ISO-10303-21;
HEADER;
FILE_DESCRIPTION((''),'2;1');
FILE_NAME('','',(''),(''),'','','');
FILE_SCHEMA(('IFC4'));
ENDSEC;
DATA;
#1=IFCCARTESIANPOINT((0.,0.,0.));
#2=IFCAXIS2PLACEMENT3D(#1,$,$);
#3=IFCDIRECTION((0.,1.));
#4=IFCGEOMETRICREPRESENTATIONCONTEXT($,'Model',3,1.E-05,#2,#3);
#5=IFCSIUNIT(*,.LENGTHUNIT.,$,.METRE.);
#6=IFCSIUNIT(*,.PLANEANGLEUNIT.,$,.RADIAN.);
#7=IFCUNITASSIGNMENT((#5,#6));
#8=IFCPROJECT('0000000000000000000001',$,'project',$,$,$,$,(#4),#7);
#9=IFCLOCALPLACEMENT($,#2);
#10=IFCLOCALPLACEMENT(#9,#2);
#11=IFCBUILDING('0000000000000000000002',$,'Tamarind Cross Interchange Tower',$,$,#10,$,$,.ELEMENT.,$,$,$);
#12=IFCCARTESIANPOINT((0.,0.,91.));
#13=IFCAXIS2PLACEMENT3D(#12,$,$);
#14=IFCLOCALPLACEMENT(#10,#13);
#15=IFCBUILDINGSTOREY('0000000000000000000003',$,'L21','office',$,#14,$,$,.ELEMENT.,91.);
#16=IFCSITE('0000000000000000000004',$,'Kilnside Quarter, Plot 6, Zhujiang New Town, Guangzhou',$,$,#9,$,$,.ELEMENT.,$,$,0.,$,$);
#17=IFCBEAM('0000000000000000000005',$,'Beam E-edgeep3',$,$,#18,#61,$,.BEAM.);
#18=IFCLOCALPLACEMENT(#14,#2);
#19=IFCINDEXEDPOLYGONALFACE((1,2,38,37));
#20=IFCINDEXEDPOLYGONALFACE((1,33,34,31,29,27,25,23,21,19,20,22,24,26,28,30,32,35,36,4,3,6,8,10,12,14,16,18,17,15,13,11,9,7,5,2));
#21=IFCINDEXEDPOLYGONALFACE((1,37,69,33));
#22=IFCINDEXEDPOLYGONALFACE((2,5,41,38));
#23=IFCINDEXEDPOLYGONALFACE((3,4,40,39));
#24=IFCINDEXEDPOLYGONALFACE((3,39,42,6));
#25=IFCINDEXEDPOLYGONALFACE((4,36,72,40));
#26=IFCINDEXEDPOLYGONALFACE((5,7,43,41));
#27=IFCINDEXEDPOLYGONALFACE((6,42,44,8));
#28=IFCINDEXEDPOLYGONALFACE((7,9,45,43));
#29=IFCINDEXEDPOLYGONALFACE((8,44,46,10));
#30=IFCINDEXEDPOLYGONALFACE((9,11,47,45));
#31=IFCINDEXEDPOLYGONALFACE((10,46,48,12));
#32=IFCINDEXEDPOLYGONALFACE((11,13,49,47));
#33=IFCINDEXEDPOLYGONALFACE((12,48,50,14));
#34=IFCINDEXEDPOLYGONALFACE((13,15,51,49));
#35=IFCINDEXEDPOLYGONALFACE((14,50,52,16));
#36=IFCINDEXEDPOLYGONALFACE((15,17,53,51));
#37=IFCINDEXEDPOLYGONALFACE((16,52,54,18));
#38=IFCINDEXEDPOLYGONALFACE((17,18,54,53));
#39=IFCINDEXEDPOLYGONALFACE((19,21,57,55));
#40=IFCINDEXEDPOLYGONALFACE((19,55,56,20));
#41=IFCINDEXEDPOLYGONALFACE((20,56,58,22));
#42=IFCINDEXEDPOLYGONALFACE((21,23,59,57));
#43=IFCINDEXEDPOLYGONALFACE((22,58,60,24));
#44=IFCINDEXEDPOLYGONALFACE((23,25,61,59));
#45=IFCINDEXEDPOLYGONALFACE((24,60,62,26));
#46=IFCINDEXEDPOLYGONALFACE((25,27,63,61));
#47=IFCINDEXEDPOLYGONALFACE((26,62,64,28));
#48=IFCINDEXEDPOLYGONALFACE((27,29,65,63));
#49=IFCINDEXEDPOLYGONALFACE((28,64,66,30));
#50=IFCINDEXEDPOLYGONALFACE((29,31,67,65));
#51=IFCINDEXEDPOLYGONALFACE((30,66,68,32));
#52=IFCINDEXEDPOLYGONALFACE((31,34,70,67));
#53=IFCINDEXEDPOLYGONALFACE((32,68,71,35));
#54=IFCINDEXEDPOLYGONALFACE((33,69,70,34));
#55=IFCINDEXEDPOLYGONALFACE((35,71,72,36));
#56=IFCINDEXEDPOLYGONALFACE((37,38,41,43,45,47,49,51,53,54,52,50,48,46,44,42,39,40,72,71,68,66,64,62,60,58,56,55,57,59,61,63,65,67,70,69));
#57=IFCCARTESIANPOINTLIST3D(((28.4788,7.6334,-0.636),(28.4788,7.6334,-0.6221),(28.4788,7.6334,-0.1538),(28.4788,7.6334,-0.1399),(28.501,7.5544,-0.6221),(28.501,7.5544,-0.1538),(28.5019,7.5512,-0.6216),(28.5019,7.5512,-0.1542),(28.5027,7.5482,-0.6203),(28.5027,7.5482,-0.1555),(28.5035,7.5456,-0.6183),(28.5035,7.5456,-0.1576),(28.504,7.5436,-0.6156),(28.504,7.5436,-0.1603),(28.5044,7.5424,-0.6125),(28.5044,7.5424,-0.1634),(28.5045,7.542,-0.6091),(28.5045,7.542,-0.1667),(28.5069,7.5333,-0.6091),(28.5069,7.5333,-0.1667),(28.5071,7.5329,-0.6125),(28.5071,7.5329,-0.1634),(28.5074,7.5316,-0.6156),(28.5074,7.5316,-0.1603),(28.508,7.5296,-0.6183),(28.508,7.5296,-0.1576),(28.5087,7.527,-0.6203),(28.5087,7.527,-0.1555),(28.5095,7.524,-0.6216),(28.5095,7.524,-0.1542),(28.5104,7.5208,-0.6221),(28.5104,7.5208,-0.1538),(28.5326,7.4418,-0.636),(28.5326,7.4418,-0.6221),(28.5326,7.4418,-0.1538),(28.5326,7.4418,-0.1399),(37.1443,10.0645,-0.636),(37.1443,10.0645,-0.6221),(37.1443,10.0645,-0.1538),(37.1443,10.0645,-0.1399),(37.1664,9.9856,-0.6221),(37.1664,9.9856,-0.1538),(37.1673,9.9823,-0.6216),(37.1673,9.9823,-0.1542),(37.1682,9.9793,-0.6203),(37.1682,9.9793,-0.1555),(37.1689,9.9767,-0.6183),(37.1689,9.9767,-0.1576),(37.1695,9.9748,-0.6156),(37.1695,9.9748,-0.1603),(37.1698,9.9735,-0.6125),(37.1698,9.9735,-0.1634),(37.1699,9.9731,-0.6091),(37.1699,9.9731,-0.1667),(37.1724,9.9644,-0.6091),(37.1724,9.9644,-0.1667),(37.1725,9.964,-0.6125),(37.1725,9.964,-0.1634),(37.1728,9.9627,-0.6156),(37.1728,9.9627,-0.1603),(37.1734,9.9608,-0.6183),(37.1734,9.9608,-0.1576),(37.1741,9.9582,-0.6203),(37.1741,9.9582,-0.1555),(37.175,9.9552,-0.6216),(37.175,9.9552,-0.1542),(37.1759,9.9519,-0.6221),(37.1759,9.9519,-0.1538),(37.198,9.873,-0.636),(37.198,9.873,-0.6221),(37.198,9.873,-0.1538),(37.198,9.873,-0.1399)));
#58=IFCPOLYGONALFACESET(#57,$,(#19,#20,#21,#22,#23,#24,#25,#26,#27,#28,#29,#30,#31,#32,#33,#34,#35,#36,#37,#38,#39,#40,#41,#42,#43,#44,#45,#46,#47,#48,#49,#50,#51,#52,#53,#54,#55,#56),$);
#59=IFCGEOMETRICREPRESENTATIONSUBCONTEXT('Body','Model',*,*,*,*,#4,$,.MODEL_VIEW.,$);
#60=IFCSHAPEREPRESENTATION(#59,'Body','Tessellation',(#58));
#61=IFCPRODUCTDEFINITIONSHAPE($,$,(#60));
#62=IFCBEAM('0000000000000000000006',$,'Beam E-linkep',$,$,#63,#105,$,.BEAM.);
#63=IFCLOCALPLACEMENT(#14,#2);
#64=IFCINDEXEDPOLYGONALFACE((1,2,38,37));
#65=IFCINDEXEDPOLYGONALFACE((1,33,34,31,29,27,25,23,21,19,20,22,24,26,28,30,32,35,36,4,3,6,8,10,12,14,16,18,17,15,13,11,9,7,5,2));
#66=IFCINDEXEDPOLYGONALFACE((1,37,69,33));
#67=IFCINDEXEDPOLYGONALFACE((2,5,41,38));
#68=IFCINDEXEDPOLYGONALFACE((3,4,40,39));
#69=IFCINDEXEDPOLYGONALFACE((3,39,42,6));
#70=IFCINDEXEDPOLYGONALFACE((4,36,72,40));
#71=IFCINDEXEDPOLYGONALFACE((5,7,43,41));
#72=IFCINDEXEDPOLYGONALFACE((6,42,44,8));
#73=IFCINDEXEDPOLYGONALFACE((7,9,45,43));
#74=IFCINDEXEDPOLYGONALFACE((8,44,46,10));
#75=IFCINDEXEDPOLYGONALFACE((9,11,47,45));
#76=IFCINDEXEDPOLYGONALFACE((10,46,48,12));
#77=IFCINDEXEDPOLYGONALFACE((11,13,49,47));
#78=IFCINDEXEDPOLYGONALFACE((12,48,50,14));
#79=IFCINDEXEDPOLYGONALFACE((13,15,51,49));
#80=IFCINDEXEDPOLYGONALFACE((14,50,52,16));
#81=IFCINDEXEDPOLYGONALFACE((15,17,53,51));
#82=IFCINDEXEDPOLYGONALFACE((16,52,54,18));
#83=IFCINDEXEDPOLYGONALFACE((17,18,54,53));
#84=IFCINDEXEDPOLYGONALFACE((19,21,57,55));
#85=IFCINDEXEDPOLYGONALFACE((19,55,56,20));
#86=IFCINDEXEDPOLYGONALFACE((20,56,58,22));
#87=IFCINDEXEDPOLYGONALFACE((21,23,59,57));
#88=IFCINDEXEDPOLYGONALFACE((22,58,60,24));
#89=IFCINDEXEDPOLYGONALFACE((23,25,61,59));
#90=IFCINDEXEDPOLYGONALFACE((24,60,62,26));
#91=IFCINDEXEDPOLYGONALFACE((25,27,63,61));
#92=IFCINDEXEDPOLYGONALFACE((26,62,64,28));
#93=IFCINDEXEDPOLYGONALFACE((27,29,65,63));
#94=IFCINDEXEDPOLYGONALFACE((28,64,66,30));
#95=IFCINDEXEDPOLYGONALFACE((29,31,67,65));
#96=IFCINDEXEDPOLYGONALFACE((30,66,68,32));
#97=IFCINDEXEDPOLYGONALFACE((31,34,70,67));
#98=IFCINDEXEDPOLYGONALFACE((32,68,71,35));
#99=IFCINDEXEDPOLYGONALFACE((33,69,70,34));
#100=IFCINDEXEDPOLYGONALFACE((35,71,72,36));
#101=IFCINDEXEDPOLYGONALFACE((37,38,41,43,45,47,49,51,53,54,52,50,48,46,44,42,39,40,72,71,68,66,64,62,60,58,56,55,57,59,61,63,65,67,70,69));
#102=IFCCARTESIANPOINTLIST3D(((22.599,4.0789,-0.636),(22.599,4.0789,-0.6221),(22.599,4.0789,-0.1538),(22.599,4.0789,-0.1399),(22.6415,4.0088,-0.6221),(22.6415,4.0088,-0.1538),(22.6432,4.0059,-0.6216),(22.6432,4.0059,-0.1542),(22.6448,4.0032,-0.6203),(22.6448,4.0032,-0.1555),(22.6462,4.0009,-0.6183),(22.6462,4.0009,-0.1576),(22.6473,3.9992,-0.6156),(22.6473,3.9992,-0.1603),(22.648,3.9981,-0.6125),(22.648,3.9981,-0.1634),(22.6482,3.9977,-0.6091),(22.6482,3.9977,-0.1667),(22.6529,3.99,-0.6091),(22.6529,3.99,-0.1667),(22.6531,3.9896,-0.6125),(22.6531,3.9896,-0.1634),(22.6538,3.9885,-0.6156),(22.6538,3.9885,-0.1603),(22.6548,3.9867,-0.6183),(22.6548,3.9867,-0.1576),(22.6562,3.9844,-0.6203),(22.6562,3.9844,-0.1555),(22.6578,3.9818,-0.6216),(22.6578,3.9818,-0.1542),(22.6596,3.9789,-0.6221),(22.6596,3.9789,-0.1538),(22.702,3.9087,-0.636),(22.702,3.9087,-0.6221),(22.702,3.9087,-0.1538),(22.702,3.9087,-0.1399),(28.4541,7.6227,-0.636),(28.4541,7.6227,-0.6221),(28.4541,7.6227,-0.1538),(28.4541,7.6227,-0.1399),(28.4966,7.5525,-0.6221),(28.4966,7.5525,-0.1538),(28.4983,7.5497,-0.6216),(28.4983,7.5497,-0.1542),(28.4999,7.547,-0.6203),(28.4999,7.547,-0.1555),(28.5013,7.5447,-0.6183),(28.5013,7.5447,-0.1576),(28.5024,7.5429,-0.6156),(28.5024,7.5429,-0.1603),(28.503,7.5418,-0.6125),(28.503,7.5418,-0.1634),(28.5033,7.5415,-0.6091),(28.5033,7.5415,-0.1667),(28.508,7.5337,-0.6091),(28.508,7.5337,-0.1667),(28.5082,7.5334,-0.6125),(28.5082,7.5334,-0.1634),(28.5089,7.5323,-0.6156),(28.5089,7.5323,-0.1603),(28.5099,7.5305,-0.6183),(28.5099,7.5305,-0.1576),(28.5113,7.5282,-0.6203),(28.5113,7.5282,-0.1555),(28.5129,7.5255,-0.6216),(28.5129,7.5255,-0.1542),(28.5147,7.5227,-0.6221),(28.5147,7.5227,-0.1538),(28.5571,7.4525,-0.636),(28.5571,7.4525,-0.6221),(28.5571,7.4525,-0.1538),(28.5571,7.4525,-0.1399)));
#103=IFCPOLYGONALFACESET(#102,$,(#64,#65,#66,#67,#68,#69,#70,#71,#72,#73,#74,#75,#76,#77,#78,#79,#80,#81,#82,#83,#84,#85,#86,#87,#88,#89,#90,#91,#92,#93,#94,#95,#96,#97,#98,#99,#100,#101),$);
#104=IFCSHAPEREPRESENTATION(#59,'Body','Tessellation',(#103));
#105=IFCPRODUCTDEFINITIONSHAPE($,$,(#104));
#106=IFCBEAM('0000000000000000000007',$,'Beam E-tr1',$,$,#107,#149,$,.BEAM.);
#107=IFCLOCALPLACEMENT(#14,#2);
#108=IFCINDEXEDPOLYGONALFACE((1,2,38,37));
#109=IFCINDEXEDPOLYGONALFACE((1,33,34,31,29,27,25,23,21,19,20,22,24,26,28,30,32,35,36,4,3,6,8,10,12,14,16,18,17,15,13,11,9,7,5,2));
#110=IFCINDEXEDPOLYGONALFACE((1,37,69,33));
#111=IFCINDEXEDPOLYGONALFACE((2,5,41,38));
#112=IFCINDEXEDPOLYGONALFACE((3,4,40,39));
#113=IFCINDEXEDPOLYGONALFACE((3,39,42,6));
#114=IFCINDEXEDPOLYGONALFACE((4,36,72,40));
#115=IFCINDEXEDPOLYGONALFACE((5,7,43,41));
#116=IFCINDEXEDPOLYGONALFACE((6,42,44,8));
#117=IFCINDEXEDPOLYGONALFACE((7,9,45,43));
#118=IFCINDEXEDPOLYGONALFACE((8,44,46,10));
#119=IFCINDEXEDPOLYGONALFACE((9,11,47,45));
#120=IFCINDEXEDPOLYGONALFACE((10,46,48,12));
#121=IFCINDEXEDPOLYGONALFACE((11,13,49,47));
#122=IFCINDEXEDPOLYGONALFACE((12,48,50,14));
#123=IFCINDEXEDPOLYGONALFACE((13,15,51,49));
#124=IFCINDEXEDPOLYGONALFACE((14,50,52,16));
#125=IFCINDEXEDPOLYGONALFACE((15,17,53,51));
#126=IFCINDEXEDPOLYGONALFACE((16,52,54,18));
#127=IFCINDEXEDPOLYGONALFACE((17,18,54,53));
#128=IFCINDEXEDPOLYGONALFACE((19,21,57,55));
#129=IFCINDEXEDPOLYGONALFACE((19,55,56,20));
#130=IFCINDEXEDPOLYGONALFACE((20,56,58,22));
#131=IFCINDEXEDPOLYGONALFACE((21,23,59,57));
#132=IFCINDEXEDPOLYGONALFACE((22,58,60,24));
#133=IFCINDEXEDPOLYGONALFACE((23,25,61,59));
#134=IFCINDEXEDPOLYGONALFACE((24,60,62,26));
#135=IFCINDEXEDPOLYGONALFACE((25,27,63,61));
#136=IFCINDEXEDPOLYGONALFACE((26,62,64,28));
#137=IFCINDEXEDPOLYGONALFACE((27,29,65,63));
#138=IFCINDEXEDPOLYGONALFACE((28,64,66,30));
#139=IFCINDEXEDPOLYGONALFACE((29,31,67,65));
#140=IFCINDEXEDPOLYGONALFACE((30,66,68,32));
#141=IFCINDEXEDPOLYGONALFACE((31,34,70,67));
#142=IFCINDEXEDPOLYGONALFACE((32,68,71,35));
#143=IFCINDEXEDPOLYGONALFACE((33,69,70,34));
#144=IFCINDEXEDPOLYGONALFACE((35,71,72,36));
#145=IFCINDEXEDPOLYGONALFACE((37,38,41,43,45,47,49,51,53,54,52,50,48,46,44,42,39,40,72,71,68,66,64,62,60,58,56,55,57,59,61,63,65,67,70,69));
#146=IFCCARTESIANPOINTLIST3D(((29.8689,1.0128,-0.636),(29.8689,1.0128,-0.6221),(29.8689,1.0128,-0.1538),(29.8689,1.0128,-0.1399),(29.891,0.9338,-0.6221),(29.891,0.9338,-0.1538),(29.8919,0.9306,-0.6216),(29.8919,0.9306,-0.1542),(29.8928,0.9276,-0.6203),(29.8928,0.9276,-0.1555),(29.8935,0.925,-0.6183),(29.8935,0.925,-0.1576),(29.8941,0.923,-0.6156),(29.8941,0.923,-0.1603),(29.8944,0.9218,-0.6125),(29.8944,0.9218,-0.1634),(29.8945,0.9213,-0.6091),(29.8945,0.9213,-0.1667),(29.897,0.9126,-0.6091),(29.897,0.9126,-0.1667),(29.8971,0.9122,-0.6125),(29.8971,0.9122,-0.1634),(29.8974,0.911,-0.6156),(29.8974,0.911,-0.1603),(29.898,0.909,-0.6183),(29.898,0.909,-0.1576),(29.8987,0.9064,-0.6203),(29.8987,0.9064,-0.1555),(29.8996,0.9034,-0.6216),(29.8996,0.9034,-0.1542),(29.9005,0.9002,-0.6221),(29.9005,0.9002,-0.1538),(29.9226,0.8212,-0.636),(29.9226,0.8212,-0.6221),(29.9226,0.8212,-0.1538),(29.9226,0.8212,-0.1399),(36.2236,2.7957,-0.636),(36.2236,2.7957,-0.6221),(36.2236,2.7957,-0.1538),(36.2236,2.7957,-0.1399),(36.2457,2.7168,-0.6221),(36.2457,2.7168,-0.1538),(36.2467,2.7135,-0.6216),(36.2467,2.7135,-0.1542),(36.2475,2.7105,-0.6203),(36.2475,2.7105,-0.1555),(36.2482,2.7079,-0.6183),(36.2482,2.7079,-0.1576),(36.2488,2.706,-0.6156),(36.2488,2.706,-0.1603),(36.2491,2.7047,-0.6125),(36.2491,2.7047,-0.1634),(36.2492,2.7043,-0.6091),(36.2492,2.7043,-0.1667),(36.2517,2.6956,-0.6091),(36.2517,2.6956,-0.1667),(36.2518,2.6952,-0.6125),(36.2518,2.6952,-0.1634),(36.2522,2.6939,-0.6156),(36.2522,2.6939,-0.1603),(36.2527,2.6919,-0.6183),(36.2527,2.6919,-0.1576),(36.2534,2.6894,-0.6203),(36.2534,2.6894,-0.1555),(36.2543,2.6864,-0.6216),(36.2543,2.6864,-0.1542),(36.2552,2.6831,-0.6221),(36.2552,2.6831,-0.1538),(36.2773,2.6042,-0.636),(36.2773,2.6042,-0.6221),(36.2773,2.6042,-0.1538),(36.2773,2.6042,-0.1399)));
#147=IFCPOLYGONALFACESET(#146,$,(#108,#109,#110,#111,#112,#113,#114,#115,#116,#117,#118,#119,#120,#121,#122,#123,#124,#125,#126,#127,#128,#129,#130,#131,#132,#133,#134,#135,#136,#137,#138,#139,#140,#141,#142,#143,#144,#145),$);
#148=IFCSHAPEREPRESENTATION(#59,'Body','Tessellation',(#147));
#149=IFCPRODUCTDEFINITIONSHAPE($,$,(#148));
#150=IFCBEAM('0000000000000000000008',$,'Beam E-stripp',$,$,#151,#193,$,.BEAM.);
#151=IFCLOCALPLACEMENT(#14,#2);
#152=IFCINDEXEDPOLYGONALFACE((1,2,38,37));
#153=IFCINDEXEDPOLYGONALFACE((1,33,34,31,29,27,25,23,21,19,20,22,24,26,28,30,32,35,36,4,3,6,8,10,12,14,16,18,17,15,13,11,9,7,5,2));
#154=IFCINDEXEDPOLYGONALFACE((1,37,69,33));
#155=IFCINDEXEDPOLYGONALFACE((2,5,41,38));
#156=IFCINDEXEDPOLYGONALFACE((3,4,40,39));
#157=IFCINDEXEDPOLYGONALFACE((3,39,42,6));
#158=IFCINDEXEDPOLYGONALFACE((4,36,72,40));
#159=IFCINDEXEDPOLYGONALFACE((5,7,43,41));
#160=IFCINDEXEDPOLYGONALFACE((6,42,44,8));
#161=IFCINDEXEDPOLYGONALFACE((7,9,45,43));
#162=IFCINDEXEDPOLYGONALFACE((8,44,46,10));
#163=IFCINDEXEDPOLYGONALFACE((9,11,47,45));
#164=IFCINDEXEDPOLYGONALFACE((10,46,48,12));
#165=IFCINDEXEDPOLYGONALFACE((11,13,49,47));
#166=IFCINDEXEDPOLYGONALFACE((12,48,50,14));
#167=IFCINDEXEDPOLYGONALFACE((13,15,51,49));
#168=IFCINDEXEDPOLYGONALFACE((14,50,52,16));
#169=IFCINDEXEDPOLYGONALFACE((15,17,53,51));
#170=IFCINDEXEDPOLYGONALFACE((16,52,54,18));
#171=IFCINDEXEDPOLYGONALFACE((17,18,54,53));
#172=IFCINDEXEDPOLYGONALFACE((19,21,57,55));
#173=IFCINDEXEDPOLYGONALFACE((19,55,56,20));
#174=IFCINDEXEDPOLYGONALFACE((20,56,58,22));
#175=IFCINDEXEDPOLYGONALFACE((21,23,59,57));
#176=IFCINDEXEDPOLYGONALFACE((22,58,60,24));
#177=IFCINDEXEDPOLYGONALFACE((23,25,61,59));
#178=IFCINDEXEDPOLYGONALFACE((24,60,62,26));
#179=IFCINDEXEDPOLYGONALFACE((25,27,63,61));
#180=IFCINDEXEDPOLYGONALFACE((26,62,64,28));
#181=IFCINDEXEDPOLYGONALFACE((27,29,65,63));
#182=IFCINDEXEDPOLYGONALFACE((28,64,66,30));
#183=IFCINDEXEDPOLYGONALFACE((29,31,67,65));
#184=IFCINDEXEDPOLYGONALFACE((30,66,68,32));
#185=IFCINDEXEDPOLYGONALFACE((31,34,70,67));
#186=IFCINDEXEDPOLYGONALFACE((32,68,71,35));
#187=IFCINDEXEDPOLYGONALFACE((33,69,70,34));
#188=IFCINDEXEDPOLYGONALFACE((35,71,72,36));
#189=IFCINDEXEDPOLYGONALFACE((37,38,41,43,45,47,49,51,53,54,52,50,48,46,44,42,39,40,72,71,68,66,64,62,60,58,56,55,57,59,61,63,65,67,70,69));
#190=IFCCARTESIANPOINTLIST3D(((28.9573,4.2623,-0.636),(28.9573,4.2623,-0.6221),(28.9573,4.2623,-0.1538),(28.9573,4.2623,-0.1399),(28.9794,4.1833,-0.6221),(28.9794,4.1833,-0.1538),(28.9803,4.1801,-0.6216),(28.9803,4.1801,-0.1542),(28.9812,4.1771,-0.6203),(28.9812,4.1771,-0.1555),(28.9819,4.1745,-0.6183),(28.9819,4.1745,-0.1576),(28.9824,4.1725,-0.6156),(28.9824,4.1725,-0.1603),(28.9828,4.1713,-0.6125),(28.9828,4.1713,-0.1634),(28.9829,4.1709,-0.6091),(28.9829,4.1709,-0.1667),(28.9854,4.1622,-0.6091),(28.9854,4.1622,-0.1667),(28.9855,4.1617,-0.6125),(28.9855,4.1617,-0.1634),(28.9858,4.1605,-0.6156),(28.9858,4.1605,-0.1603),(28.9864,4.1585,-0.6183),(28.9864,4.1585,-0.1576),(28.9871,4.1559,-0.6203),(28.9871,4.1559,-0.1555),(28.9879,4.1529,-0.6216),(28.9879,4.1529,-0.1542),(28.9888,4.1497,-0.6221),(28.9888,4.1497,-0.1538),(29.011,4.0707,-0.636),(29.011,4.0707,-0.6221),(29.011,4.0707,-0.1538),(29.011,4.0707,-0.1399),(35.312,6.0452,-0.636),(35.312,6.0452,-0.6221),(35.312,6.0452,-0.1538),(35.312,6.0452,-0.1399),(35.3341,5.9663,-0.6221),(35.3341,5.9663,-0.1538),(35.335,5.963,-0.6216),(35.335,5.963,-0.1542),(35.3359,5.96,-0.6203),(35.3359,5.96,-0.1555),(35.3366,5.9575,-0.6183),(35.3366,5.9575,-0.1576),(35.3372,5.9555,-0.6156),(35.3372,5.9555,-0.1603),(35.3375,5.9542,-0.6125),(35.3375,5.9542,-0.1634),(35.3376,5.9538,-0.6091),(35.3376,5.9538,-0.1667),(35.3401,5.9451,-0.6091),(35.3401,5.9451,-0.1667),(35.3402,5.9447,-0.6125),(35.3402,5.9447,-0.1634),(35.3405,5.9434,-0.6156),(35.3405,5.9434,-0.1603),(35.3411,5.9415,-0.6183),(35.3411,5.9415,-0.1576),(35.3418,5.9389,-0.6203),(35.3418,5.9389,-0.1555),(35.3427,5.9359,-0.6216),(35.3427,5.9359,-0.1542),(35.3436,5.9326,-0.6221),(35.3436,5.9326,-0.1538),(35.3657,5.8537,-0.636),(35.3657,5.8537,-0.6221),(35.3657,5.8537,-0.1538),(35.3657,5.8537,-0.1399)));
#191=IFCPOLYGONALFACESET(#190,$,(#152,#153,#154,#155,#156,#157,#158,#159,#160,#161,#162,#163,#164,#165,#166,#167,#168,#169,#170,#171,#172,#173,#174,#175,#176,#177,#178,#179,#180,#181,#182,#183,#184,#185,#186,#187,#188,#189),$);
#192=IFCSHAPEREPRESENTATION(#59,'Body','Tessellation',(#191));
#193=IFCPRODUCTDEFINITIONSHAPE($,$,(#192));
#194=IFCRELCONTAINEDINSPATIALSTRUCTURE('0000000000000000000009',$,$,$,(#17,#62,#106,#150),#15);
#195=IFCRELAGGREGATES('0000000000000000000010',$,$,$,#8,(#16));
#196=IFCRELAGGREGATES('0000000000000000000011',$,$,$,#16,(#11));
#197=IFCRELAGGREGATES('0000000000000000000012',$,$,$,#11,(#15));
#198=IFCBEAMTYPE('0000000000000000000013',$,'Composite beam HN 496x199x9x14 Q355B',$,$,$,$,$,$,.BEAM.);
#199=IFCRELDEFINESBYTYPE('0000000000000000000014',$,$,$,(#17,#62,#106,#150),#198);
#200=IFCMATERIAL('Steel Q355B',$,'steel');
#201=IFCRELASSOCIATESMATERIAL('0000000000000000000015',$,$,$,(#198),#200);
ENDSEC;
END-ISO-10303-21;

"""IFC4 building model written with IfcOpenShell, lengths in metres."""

from ifc_helpers import new_model, si_unit, direction, frame, origin, origin_2d, place, context, subcontext, project, spatial, i_section, extrude, material, material_profile, profile_set, type_object, element, save


model = new_model("IFC4")

# Units and contexts
model_context = context("Model", 3, precision=1e-05, world=origin(), true_north=direction((0.0, 1.0)))
body_context = subcontext(model_context, "Body", "Model", "MODEL_VIEW")
ifc_project = project(units=[si_unit("LENGTHUNIT", "METRE"), si_unit("PLANEANGLEUNIT", "RADIAN")], contexts=[model_context])

# Site, building, storey
site_placement = place(None, origin())
site = spatial("IfcSite", under=ifc_project, at=site_placement, Name="Kilnside Quarter, Plot 6, Zhujiang New Town, Guangzhou", CompositionType="ELEMENT", RefElevation=0.0)
building_placement = place(site_placement, origin())
building = spatial("IfcBuilding", under=site, at=building_placement, Name="Tamarind Cross Interchange Tower", CompositionType="ELEMENT")
storey_placement = place(building_placement, frame((0.0, 0.0, 91.0)))
storey = spatial("IfcBuildingStorey", under=building, at=storey_placement, Name="L21", Description="office", CompositionType="ELEMENT", Elevation=91.0)

# Beams
ifc_material_1 = material(Name="Steel Q355B", Category="steel")
ifc_material_profile_1 = material_profile(ifc_material_1, i_section(OverallWidth=0.199, OverallDepth=0.4961, WebThickness=0.009, FlangeThickness=0.0139, FilletRadius=0.0129, at=origin_2d()), Name="HN 496x199x9x14")
ifc_profile_set_1 = profile_set([ifc_material_profile_1], Name="Steel Q355B")
beam_type_1 = type_object("IfcBeamType", Name="Composite beam HN 496x199x9x14 Q355B", PredefinedType="BEAM", material=ifc_profile_set_1)
beam_1_placement = place(storey_placement, frame((37.1711, 9.9688, -0.3879), z_axis=(-0.962825, -0.270125, 0.0), x_axis=(0.270125, -0.962825, 0.0)))
element("IfcBeam", 1, at=beam_1_placement, inside=storey, type_object=beam_type_1, Name="Beam E-edgeep3", PredefinedType="BEAM", context=body_context, shape_type="SweptSolid", body=[
    extrude(i_section(OverallWidth=0.199, OverallDepth=0.4961, WebThickness=0.009, FlangeThickness=0.0139, FilletRadius=0.0129, at=origin_2d()), origin(), (0.0, 0.0, 1.0), 9.0),
])
beam_2_placement = place(storey_placement, frame((28.5056, 7.5376, -0.3879), z_axis=(-0.855507, -0.517792, 0.0), x_axis=(0.517792, -0.855507, 0.0)))
element("IfcBeam", 2, at=beam_2_placement, inside=storey, type_object=beam_type_1, Name="Beam E-linkep", PredefinedType="BEAM", context=body_context, shape_type="SweptSolid", body=[
    extrude(i_section(OverallWidth=0.199, OverallDepth=0.4961, WebThickness=0.009, FlangeThickness=0.0139, FilletRadius=0.0129, at=origin_2d()), origin(), (0.0, 0.0, 1.0), 6.844),
])
for number, where, z_axis, x_axis, name in (
    (3, (29.8958, 0.917, -0.3879), (0.962821, 0.27014, 0.0), (-0.27014, 0.962821, 0.0), "Beam E-tr1"),
    (4, (28.9841, 4.1665, -0.3879), (0.962821, 0.27014, 0.0), (-0.27014, 0.962821, 0.0), "Beam E-stripp"),
):
    element("IfcBeam", number, at=place(storey_placement, frame(where, z_axis=z_axis, x_axis=x_axis)), inside=storey, type_object=beam_type_1, Name=name, PredefinedType="BEAM", context=body_context, shape_type="SweptSolid", body=[
        extrude(i_section(OverallWidth=0.199, OverallDepth=0.4961, WebThickness=0.009, FlangeThickness=0.0139, FilletRadius=0.0129, at=origin_2d()), origin(), (0.0, 0.0, 1.0), 6.6001),
    ])

save(model, "model.ifc")
